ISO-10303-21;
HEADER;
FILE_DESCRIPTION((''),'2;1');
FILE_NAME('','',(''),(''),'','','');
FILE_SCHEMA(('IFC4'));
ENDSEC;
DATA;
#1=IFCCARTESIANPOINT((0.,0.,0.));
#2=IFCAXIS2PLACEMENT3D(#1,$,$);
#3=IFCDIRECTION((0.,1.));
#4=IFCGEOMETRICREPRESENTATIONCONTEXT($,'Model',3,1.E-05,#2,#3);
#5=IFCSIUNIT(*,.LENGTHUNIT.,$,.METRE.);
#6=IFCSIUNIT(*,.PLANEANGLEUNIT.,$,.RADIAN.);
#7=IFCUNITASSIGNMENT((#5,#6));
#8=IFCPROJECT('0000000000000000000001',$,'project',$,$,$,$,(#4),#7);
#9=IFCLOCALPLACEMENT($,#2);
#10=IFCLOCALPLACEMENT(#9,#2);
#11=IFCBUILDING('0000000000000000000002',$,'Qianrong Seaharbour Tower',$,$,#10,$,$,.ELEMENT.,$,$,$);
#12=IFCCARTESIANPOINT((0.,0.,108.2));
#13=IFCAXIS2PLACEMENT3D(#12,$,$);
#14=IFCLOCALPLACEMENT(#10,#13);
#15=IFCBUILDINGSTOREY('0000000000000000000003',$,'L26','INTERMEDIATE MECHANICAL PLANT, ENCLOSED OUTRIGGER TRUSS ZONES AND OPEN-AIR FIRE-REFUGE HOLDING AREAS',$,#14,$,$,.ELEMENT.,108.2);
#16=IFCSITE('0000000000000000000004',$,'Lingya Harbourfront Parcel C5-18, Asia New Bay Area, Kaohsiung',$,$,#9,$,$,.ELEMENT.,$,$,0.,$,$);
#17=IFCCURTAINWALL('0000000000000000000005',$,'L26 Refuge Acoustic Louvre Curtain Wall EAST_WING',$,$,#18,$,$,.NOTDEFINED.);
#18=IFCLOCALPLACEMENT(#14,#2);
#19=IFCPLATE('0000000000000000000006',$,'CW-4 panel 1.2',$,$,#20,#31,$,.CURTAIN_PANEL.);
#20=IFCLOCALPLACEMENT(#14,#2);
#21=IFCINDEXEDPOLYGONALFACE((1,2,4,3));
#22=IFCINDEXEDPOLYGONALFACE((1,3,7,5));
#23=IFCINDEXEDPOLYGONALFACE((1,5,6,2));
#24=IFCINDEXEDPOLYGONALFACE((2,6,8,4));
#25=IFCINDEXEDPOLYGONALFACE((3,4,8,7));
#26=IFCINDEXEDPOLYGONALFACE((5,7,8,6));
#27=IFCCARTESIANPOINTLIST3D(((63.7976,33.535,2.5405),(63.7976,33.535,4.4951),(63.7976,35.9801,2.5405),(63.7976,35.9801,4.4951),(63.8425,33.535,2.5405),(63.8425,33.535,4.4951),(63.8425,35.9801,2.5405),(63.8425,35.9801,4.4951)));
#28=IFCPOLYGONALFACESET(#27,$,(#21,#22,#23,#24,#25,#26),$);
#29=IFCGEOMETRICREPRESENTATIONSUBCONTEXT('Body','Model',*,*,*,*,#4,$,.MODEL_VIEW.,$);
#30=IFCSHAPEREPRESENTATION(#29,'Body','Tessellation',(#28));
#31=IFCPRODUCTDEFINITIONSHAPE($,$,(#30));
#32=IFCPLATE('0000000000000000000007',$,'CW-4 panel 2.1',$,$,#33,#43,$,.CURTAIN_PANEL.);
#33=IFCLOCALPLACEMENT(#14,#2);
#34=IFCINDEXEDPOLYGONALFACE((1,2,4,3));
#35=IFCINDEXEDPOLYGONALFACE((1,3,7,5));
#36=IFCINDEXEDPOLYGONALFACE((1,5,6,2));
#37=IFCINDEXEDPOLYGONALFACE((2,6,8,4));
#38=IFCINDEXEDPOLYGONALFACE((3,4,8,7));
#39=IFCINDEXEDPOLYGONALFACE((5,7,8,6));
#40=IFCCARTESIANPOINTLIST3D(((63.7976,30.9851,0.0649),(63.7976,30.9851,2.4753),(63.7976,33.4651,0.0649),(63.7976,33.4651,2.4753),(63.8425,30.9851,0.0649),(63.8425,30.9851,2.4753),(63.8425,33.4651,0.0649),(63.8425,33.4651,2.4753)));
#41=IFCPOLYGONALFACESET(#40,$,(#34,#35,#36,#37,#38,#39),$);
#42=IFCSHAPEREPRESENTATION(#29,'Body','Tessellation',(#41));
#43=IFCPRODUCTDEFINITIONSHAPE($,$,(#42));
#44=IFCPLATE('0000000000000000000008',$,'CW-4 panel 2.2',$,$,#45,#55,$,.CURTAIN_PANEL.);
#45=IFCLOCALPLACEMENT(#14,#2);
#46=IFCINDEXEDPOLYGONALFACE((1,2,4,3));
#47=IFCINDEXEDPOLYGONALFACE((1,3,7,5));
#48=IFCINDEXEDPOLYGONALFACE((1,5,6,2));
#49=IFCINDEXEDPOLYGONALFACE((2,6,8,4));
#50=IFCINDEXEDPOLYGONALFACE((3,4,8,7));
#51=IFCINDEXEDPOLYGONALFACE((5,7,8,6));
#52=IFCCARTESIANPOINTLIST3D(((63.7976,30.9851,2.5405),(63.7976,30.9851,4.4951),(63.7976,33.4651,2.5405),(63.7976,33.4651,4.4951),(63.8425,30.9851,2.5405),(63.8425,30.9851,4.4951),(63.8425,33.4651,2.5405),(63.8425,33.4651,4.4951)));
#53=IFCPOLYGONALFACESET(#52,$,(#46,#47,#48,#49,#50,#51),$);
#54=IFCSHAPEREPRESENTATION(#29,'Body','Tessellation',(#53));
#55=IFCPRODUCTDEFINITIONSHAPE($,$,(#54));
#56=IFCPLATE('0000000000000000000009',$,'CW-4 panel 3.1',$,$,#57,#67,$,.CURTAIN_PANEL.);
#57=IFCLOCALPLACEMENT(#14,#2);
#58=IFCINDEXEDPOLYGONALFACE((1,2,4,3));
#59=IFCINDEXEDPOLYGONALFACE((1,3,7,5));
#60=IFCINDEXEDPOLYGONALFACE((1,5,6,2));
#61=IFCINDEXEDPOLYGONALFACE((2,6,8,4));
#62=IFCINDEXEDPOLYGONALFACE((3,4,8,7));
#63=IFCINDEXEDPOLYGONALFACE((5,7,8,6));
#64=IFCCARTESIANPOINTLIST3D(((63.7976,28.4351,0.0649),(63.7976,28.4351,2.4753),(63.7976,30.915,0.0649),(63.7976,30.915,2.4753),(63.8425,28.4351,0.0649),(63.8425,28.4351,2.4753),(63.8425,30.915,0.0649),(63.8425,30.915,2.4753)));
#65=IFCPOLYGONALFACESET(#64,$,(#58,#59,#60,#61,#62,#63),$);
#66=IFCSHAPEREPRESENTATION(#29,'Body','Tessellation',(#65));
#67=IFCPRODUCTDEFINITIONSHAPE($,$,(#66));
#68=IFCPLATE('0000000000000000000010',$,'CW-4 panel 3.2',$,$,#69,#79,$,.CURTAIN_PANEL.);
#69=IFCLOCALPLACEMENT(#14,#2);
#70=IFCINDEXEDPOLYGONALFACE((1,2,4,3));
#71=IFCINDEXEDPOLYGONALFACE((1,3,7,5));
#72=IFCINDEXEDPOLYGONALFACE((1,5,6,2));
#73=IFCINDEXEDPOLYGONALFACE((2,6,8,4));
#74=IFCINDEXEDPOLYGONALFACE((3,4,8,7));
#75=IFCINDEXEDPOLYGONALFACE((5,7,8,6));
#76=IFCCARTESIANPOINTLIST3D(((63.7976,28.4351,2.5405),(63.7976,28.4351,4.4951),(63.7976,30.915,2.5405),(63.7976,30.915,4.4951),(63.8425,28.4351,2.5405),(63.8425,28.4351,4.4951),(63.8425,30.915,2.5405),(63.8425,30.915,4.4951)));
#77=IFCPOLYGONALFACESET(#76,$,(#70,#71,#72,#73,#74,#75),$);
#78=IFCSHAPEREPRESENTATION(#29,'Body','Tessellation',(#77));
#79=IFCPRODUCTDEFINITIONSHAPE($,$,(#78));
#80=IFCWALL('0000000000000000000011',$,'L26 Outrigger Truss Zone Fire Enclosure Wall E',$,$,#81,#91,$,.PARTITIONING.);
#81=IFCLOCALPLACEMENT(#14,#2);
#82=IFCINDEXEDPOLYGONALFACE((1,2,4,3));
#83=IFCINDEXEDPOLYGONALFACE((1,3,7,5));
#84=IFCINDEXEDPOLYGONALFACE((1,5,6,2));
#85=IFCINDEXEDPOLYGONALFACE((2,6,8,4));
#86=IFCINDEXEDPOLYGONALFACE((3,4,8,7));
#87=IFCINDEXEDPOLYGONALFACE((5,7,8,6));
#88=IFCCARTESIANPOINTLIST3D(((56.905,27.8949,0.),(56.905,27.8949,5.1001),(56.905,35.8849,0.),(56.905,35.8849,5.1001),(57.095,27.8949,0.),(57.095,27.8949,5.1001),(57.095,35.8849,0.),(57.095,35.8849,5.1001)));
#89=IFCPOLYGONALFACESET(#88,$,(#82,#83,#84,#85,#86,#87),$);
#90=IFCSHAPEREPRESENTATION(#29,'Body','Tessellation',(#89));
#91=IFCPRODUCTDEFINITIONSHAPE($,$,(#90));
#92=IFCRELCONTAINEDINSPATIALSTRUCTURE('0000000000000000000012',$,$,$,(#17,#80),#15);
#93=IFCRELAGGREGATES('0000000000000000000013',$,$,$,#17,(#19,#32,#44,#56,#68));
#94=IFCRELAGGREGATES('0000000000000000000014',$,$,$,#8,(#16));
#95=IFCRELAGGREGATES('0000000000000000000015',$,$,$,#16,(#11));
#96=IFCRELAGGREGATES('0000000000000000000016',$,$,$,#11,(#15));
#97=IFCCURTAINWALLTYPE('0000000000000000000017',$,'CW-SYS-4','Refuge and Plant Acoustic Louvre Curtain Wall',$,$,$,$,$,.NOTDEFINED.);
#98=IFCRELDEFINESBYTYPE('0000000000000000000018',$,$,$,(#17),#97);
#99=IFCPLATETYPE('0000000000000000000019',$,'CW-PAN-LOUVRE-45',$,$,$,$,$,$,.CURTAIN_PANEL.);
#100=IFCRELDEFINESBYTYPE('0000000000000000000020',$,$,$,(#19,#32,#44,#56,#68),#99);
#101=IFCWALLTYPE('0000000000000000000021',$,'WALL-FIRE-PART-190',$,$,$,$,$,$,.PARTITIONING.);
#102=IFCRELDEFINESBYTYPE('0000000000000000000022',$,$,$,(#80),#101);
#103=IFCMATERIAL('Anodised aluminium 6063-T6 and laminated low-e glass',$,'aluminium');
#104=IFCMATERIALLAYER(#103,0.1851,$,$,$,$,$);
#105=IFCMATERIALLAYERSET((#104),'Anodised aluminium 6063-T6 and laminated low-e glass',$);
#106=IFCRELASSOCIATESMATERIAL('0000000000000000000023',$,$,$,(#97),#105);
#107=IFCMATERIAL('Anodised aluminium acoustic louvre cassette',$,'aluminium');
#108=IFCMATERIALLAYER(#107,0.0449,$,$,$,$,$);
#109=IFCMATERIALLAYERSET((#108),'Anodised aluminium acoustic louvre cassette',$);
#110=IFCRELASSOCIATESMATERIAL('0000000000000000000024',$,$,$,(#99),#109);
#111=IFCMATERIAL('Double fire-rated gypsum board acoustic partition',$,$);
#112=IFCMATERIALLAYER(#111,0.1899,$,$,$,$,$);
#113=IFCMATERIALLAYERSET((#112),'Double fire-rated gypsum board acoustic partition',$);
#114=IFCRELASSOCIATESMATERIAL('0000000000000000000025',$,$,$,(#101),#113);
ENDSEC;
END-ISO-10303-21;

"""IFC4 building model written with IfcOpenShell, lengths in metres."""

from ifc_helpers import new_model, si_unit, direction, frame, frame_2d, origin, origin_2d, place, context, subcontext, project, spatial, rectangle, extrude, material, layer, layer_set, type_object, element, aggregate, save


model = new_model("IFC4")

# Units and contexts
model_context = context("Model", 3, precision=1e-05, world=origin(), true_north=direction((0.0, 1.0)))
body_context = subcontext(model_context, "Body", "Model", "MODEL_VIEW")
ifc_project = project(units=[si_unit("LENGTHUNIT", "METRE"), si_unit("PLANEANGLEUNIT", "RADIAN")], contexts=[model_context])

# Site, building, storey
site_placement = place(None, origin())
site = spatial("IfcSite", under=ifc_project, at=site_placement, Name="Lingya Harbourfront Parcel C5-18, Asia New Bay Area, Kaohsiung", CompositionType="ELEMENT", RefElevation=0.0)
building_placement = place(site_placement, origin())
building = spatial("IfcBuilding", under=site, at=building_placement, Name="Qianrong Seaharbour Tower", CompositionType="ELEMENT")
storey_placement = place(building_placement, frame((0.0, 0.0, 108.2)))
storey = spatial("IfcBuildingStorey", under=building, at=storey_placement, Name="L26", Description="INTERMEDIATE MECHANICAL PLANT, ENCLOSED OUTRIGGER TRUSS ZONES AND OPEN-AIR FIRE-REFUGE HOLDING AREAS", CompositionType="ELEMENT", Elevation=108.2)

# Curtain wall, plates
ifc_material_1 = material(Name="Anodised aluminium 6063-T6 and laminated low-e glass", Category="aluminium")
ifc_layer_1 = layer(ifc_material_1, 0.1851)
ifc_layer_set_1 = layer_set([ifc_layer_1], Name="Anodised aluminium 6063-T6 and laminated low-e glass")
curtain_wall_type = type_object("IfcCurtainWallType", Name="CW-SYS-4", Description="Refuge and Plant Acoustic Louvre Curtain Wall", PredefinedType="NOTDEFINED", material=ifc_layer_set_1)
curtain_wall_placement = place(storey_placement, origin())
curtain_wall = element("IfcCurtainWall", 1, at=curtain_wall_placement, inside=storey, type_object=curtain_wall_type, Name="L26 Refuge Acoustic Louvre Curtain Wall EAST_WING", PredefinedType="NOTDEFINED")
ifc_material_2 = material(Name="Anodised aluminium acoustic louvre cassette", Category="aluminium")
ifc_layer_2 = layer(ifc_material_2, 0.0449)
ifc_layer_set_2 = layer_set([ifc_layer_2], Name="Anodised aluminium acoustic louvre cassette")
plate_type = type_object("IfcPlateType", Name="CW-PAN-LOUVRE-45", PredefinedType="CURTAIN_PANEL", material=ifc_layer_set_2)
plate_1_placement = place(storey_placement, frame((63.8201, 34.7576, 2.5405), z_axis=(0.0, 0.0, 1.0), x_axis=(0.0, -1.0, 0.0)))
plate_1 = element("IfcPlate", 2, at=plate_1_placement, type_object=plate_type, Name="CW-4 panel 1.2", PredefinedType="CURTAIN_PANEL", context=body_context, shape_type="SweptSolid", body=[
    extrude(rectangle(XDim=2.4451, YDim=0.0449, at=origin_2d()), origin(), (0.0, 0.0, 1.0), 1.9546),
])
plate_2_placement = place(storey_placement, frame((63.8201, 32.2251, 0.0649), z_axis=(0.0, 0.0, 1.0), x_axis=(0.0, -1.0, 0.0)))
plate_2 = element("IfcPlate", 3, at=plate_2_placement, type_object=plate_type, Name="CW-4 panel 2.1", PredefinedType="CURTAIN_PANEL", context=body_context, shape_type="SweptSolid", body=[
    extrude(rectangle(XDim=2.48, YDim=0.0449, at=origin_2d()), origin(), (0.0, 0.0, 1.0), 2.4104),
])
plate_3_placement = place(storey_placement, frame((63.8201, 32.2251, 2.5405), z_axis=(0.0, 0.0, 1.0), x_axis=(0.0, -1.0, 0.0)))
plate_3 = element("IfcPlate", 4, at=plate_3_placement, type_object=plate_type, Name="CW-4 panel 2.2", PredefinedType="CURTAIN_PANEL", context=body_context, shape_type="SweptSolid", body=[
    extrude(rectangle(XDim=2.48, YDim=0.0449, at=origin_2d()), origin(), (0.0, 0.0, 1.0), 1.9546),
])
plate_4_placement = place(storey_placement, frame((63.8201, 29.675, 0.0649), z_axis=(0.0, 0.0, 1.0), x_axis=(0.0, -1.0, 0.0)))
plate_4 = element("IfcPlate", 5, at=plate_4_placement, type_object=plate_type, Name="CW-4 panel 3.1", PredefinedType="CURTAIN_PANEL", context=body_context, shape_type="SweptSolid", body=[
    extrude(rectangle(XDim=2.48, YDim=0.0449, at=origin_2d()), origin(), (0.0, 0.0, 1.0), 2.4104),
])
plate_5_placement = place(storey_placement, frame((63.8201, 29.675, 2.5405), z_axis=(0.0, 0.0, 1.0), x_axis=(0.0, -1.0, 0.0)))
plate_5 = element("IfcPlate", 6, at=plate_5_placement, type_object=plate_type, Name="CW-4 panel 3.2", PredefinedType="CURTAIN_PANEL", context=body_context, shape_type="SweptSolid", body=[
    extrude(rectangle(XDim=2.48, YDim=0.0449, at=origin_2d()), origin(), (0.0, 0.0, 1.0), 1.9546),
])
aggregate(curtain_wall, [plate_1, plate_2, plate_3, plate_4, plate_5])

# Wall
ifc_material_3 = material(Name="Double fire-rated gypsum board acoustic partition")
ifc_layer_3 = layer(ifc_material_3, 0.1899)
ifc_layer_set_3 = layer_set([ifc_layer_3], Name="Double fire-rated gypsum board acoustic partition")
wall_type = type_object("IfcWallType", Name="WALL-FIRE-PART-190", PredefinedType="PARTITIONING", material=ifc_layer_set_3)
wall_placement = place(storey_placement, frame((57.0, 35.885, 0.0), z_axis=(0.0, 0.0, 1.0), x_axis=(0.0, -1.0, 0.0)))
element("IfcWall", 7, at=wall_placement, inside=storey, type_object=wall_type, Name="L26 Outrigger Truss Zone Fire Enclosure Wall E", PredefinedType="PARTITIONING", context=body_context, shape_type="SweptSolid", body=[
    extrude(rectangle(XDim=7.99, YDim=0.1899, at=frame_2d((3.9951, 0.0))), origin(), (0.0, 0.0, 1.0), 5.1001),
])

save(model, "model.ifc")
